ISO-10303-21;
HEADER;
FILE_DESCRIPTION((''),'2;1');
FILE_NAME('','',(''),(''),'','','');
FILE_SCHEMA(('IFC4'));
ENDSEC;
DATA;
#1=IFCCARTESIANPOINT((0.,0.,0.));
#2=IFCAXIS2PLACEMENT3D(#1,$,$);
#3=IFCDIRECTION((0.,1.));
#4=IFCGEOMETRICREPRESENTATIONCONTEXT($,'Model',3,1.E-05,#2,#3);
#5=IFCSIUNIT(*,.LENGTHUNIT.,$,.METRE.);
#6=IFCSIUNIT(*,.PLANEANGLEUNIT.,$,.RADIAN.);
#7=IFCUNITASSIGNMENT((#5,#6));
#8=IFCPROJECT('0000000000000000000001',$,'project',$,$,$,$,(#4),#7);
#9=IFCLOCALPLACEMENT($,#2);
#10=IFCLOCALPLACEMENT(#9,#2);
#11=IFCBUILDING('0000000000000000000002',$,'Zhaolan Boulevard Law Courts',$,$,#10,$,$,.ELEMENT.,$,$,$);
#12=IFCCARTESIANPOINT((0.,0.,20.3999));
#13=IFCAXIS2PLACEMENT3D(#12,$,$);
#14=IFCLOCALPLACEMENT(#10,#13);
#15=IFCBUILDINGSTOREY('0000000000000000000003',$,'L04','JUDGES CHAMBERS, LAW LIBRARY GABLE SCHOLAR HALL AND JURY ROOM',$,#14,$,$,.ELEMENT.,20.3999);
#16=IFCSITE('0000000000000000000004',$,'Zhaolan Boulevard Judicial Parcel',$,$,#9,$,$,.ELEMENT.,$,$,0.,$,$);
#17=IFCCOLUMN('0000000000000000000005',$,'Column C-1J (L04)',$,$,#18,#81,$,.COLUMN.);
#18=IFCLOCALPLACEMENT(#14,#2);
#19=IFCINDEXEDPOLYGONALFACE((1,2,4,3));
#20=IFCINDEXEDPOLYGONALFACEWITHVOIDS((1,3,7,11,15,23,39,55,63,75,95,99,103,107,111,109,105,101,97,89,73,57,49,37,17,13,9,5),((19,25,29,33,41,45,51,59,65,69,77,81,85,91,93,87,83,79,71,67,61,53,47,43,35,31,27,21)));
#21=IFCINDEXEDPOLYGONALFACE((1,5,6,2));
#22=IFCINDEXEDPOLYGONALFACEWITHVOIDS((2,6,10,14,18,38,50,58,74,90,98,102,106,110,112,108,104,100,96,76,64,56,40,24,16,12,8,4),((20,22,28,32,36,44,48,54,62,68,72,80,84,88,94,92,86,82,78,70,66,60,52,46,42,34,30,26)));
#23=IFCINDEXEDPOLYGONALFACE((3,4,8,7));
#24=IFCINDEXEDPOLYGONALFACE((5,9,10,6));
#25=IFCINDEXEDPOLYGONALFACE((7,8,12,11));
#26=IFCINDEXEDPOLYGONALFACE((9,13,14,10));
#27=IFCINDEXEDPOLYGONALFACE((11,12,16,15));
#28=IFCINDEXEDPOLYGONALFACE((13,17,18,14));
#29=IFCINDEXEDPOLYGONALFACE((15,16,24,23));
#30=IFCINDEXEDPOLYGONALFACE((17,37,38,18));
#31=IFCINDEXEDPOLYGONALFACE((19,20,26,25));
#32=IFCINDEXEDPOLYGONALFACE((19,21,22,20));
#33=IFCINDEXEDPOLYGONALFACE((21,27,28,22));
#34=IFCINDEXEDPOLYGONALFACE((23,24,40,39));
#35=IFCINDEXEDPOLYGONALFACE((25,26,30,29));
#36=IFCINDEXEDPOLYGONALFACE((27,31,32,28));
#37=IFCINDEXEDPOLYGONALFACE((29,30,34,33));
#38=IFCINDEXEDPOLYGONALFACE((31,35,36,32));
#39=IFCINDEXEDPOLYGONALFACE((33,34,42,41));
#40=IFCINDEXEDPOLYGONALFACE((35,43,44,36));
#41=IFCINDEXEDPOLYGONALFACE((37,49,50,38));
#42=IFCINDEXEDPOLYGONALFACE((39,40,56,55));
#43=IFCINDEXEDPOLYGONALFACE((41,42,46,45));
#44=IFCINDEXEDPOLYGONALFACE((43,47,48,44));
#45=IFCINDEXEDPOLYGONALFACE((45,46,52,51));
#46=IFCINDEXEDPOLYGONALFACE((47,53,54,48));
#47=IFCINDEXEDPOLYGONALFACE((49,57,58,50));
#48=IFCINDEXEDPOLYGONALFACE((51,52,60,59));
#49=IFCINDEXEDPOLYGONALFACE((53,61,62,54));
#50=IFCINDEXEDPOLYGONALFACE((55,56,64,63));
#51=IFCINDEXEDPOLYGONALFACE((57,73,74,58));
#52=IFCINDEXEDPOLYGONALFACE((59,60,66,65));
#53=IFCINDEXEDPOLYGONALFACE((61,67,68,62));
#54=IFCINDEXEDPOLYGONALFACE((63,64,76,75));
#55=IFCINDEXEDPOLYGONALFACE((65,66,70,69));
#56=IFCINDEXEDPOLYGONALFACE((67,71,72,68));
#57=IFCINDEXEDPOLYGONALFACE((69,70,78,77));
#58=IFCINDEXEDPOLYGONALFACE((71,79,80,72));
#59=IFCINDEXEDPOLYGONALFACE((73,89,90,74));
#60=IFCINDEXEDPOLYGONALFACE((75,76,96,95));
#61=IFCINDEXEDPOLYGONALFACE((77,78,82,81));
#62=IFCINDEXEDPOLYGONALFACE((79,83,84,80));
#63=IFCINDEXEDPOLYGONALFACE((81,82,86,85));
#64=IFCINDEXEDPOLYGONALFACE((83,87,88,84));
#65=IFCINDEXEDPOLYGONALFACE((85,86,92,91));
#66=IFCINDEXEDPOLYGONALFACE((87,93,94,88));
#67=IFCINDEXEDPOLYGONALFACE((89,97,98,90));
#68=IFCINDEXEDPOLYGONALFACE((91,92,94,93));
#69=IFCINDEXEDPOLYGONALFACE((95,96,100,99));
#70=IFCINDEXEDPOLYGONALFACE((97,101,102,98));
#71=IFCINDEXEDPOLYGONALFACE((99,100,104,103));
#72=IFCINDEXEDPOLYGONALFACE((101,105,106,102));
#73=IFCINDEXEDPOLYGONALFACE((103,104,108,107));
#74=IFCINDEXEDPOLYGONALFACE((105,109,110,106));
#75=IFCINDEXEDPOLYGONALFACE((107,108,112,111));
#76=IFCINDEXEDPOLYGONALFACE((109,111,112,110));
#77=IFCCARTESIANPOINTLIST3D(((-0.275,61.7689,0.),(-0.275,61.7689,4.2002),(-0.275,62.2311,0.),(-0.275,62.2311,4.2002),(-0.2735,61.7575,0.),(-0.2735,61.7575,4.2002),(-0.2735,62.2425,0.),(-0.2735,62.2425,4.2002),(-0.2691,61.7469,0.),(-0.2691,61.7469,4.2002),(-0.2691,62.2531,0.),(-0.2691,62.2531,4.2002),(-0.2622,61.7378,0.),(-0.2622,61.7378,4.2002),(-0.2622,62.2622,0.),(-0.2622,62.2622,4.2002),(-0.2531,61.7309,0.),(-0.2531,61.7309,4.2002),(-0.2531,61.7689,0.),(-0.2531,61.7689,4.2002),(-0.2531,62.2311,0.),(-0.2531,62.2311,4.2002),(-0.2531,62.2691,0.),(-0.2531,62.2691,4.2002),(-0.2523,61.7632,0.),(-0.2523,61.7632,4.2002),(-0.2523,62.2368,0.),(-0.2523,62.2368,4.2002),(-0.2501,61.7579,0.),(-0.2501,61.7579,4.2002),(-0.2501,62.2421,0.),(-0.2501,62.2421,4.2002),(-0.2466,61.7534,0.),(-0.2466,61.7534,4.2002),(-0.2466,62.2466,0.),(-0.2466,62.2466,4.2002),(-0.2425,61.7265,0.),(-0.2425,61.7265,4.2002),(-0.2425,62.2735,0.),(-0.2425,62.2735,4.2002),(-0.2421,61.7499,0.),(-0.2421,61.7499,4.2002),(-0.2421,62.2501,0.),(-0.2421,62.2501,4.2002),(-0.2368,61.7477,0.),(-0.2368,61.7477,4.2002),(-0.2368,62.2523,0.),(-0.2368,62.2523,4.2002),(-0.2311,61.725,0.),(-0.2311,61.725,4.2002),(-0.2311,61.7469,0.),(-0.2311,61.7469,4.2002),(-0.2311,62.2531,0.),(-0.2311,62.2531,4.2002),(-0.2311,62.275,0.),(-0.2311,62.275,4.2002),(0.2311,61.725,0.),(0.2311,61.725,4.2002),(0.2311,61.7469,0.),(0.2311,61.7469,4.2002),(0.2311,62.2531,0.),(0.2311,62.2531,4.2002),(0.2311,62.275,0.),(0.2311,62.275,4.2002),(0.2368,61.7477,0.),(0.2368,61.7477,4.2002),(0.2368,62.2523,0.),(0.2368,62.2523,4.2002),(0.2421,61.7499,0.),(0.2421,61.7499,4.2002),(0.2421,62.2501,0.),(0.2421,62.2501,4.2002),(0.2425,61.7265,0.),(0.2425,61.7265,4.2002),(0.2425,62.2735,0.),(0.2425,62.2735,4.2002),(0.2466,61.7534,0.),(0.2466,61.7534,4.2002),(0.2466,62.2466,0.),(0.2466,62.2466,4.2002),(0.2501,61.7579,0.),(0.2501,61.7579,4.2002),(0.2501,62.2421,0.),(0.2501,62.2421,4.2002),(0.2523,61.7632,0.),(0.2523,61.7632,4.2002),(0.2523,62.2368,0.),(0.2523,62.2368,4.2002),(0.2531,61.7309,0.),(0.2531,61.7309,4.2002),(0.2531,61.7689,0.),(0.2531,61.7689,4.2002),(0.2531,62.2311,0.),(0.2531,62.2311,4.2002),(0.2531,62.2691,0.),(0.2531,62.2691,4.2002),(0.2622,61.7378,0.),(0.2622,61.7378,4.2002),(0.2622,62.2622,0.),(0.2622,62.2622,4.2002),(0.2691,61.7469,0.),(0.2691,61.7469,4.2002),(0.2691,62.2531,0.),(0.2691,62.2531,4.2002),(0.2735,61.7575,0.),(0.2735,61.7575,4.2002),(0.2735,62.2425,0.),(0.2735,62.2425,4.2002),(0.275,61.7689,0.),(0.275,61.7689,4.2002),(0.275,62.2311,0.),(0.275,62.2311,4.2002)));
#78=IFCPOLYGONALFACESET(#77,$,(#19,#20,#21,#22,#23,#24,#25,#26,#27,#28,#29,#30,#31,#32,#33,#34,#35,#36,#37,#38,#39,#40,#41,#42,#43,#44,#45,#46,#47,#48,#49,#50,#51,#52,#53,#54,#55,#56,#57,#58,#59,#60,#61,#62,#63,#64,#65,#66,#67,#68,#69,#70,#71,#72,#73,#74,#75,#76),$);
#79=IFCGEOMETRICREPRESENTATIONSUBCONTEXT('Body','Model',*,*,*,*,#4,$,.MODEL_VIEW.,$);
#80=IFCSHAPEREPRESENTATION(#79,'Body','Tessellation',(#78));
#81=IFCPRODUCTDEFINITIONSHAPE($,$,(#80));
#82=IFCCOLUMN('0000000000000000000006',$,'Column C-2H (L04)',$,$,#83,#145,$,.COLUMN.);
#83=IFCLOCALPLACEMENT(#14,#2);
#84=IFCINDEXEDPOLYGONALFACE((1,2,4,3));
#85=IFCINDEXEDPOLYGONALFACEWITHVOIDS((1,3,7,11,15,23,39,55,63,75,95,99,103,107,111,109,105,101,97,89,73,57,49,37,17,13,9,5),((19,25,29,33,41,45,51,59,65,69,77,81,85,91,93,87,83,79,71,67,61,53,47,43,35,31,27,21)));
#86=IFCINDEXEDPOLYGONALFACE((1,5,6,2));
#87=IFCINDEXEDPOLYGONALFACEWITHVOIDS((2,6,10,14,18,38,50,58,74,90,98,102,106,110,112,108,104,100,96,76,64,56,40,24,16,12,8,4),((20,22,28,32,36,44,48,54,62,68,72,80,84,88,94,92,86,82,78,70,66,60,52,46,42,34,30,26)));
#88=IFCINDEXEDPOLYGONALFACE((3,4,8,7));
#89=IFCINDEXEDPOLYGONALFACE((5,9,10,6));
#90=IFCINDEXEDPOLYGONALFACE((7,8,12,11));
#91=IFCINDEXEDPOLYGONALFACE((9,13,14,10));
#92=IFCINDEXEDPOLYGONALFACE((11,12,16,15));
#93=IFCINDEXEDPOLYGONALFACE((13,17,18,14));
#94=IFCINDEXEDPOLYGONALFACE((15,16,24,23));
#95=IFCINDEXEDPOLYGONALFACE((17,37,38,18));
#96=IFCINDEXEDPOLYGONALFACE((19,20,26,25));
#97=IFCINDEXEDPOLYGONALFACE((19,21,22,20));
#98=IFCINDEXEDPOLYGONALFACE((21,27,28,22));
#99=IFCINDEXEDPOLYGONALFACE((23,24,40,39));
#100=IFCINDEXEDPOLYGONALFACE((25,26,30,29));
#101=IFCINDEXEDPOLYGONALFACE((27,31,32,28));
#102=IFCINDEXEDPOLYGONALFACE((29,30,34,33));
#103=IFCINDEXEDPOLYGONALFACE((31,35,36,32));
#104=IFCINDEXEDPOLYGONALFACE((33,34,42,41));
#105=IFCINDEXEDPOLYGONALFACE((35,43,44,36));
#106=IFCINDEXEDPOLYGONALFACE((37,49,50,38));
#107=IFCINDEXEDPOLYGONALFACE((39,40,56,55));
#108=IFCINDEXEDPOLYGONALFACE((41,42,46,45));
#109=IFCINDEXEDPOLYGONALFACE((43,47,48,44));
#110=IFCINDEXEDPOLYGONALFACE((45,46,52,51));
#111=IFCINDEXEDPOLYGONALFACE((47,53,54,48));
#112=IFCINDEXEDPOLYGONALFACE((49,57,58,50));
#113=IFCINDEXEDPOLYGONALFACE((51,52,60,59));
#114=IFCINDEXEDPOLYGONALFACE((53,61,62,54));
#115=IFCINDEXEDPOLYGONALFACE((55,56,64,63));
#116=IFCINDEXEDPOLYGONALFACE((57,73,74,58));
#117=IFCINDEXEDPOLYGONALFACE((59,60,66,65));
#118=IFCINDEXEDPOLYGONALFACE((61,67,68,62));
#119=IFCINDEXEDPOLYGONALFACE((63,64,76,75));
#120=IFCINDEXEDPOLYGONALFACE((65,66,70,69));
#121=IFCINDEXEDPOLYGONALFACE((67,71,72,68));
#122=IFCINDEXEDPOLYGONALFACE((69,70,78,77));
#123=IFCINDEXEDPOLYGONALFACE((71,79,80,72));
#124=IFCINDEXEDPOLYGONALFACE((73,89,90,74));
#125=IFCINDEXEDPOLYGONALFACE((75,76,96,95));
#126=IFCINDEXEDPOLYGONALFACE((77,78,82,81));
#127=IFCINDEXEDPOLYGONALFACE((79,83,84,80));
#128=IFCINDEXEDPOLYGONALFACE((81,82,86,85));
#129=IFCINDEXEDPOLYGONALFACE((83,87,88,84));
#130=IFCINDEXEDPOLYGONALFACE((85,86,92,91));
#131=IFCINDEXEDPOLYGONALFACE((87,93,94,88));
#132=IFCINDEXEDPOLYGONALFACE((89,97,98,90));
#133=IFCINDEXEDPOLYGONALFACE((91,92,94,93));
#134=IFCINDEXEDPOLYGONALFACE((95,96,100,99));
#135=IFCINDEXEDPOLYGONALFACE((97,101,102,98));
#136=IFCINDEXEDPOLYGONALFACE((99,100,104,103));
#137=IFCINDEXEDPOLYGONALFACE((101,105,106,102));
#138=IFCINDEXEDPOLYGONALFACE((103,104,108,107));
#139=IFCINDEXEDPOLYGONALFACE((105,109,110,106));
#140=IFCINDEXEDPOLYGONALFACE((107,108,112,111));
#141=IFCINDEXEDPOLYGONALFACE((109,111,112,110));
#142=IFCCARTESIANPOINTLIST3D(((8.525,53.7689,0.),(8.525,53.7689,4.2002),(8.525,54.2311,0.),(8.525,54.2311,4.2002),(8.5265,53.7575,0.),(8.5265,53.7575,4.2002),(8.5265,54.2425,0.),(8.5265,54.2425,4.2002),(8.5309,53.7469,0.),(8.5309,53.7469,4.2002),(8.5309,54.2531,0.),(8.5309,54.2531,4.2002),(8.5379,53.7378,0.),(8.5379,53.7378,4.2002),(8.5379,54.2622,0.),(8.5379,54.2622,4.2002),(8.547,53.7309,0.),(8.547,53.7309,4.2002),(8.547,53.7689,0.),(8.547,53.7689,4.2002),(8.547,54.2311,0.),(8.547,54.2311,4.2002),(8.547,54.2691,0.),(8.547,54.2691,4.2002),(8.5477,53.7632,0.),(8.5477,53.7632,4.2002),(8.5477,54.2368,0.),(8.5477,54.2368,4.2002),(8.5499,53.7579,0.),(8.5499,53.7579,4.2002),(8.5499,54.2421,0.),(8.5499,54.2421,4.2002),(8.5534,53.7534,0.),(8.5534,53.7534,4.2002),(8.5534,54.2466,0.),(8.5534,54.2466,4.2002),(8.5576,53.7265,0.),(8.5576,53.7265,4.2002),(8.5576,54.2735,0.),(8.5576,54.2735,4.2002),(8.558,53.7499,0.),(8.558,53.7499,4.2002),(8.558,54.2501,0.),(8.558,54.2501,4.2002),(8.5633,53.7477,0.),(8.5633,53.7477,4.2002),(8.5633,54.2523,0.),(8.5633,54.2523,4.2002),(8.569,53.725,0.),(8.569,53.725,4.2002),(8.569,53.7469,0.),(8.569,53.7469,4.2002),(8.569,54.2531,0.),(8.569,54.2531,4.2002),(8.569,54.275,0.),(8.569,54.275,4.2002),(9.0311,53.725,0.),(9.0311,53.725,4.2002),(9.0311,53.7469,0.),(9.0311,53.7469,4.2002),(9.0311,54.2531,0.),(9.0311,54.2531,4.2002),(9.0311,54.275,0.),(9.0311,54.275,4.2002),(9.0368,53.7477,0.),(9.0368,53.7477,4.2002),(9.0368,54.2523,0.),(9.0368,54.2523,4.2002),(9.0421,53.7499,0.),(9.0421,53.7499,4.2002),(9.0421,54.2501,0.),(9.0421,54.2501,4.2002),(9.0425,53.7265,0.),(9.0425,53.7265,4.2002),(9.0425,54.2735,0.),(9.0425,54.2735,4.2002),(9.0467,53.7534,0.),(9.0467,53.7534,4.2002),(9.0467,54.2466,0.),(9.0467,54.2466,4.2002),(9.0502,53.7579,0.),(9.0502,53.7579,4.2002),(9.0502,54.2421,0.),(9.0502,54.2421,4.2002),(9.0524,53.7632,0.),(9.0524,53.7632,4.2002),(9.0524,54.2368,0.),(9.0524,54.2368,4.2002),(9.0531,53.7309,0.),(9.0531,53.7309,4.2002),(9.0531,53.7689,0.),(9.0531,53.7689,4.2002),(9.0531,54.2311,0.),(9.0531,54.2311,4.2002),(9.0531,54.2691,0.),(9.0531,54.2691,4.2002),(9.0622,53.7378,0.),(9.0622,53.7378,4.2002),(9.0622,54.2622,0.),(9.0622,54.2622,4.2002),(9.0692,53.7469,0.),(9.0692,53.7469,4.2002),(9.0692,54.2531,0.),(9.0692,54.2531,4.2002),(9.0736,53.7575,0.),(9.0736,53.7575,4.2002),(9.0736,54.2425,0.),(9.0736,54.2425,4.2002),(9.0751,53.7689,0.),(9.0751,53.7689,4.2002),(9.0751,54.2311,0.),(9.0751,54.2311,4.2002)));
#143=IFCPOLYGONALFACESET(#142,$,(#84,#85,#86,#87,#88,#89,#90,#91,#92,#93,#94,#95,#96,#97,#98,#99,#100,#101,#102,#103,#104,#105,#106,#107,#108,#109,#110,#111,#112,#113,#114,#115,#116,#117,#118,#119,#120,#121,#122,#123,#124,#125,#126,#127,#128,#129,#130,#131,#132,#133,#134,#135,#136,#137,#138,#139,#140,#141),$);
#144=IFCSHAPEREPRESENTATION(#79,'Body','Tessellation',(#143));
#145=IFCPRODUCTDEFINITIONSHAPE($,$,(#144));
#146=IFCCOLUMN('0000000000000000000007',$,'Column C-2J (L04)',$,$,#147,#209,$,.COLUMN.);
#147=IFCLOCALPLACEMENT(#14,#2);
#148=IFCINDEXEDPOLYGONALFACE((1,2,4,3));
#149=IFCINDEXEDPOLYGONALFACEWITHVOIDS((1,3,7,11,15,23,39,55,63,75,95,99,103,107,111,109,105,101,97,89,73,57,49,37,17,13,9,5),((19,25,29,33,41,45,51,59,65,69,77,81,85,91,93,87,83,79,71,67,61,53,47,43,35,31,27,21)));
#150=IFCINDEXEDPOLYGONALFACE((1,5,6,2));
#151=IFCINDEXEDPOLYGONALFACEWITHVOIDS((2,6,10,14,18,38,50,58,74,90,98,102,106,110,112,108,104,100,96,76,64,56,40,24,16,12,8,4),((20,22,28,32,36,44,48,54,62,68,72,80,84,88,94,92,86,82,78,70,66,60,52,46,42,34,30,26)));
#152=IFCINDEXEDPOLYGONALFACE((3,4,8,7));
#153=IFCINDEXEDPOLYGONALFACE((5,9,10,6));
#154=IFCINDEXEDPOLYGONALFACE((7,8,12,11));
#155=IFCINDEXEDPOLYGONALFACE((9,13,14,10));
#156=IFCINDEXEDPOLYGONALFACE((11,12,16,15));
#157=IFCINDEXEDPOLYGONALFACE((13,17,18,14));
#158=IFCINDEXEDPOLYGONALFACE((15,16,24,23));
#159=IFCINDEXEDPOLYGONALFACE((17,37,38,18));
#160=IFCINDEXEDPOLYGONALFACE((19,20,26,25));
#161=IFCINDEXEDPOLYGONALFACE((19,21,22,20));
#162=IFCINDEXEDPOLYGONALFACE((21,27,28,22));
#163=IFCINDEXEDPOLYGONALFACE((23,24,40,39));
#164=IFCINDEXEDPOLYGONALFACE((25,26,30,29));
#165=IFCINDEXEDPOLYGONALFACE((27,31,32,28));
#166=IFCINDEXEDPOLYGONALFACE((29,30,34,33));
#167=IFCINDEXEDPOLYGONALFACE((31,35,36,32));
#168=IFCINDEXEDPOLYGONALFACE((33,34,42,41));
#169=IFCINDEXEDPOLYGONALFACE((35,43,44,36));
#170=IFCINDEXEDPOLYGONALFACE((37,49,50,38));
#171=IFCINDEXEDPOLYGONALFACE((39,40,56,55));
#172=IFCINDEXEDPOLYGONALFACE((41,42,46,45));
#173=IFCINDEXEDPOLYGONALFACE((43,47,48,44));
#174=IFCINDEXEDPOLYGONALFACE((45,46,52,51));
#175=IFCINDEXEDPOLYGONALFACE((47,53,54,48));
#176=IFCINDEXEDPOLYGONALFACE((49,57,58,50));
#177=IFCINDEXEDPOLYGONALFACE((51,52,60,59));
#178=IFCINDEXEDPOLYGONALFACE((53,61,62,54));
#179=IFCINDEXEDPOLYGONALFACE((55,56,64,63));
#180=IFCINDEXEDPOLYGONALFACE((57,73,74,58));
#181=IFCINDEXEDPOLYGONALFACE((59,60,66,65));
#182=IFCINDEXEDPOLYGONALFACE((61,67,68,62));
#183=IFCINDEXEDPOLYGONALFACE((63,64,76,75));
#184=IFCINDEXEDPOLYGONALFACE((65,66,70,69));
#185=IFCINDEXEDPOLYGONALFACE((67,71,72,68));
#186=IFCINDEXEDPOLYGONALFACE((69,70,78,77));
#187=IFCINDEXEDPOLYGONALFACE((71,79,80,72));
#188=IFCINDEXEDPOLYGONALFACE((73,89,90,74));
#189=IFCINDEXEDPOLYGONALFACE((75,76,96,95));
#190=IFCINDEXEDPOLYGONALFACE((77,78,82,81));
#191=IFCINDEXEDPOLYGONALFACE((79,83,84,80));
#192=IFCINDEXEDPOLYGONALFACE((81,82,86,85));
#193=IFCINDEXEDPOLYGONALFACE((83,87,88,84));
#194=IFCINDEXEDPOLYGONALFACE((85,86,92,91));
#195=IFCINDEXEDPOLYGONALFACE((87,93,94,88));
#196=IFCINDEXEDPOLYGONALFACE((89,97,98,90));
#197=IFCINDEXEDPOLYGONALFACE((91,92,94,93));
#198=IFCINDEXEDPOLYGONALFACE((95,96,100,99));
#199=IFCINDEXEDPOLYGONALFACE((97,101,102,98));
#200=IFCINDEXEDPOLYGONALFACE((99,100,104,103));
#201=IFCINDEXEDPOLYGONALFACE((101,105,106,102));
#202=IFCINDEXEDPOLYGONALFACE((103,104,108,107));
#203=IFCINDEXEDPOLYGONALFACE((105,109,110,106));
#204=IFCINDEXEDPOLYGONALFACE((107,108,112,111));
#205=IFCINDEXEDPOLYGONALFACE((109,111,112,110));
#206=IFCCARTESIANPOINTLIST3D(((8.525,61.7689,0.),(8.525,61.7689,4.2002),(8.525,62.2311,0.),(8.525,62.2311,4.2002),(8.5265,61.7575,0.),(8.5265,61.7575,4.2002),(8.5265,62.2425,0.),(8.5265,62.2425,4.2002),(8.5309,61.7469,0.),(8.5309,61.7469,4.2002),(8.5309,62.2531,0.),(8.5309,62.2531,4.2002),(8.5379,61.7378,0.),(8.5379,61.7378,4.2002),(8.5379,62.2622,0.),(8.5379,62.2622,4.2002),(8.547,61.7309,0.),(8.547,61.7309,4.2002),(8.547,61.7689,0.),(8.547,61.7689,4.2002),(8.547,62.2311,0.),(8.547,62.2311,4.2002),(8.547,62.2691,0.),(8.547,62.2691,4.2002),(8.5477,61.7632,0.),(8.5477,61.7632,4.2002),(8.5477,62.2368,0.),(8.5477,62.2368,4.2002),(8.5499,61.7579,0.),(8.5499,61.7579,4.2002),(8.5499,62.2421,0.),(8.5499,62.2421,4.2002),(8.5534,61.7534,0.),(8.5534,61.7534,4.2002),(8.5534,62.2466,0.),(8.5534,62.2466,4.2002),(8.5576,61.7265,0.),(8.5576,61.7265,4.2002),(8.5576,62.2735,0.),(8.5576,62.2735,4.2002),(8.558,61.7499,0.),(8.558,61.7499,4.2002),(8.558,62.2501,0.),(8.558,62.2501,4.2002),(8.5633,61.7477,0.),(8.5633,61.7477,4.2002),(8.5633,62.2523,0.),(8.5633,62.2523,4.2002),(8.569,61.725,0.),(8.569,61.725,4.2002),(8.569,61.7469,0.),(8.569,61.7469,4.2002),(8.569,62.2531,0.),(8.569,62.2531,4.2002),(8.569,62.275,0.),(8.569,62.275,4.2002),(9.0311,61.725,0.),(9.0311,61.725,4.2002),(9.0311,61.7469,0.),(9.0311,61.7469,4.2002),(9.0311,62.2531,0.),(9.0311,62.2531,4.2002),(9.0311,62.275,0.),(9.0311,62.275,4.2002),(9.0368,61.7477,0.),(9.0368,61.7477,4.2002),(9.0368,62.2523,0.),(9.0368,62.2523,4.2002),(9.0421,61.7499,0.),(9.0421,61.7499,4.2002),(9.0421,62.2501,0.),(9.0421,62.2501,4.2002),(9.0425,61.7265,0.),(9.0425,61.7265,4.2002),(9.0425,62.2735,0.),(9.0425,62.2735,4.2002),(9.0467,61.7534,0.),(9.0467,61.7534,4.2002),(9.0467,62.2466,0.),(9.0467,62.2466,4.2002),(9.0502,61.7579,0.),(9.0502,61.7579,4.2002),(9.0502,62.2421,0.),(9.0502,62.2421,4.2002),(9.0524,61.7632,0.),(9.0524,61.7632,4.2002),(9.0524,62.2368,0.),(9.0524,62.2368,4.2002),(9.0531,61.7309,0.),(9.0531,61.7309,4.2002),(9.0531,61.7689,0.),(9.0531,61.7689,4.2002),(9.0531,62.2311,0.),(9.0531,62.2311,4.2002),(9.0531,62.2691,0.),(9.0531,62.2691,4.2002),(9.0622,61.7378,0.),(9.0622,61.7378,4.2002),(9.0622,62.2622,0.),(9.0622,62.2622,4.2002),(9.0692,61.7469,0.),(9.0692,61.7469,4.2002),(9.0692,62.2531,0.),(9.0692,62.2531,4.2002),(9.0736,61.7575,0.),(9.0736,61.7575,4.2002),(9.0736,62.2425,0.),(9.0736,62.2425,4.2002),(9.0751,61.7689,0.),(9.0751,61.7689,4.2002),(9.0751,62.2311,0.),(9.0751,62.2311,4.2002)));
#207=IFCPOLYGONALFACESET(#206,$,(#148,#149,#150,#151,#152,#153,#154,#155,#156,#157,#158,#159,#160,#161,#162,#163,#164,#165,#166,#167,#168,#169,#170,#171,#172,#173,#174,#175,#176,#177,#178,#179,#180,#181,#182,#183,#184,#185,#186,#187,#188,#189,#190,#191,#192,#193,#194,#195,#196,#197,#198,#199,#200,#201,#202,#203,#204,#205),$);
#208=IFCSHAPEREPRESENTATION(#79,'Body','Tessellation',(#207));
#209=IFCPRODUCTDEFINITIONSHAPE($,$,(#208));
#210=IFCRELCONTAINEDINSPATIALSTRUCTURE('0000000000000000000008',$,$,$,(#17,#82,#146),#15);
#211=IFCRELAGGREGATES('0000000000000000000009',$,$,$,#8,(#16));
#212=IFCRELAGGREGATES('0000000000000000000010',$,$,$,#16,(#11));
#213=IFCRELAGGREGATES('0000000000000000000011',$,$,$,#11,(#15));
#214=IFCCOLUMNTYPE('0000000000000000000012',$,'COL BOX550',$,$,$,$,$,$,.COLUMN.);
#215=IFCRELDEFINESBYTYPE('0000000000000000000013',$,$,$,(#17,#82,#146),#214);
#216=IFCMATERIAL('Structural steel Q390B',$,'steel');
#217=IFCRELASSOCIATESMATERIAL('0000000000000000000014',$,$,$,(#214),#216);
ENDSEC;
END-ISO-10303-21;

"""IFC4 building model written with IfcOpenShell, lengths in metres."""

from ifc_helpers import new_model, si_unit, direction, frame, origin, origin_2d, place, context, subcontext, project, spatial, hollow_rectangle, extrude, material, material_profile, profile_set, type_object, element, save


model = new_model("IFC4")

# Units and contexts
model_context = context("Model", 3, precision=1e-05, world=origin(), true_north=direction((0.0, 1.0)))
body_context = subcontext(model_context, "Body", "Model", "MODEL_VIEW")
ifc_project = project(units=[si_unit("LENGTHUNIT", "METRE"), si_unit("PLANEANGLEUNIT", "RADIAN")], contexts=[model_context])

# Site, building, storey
site_placement = place(None, origin())
site = spatial("IfcSite", under=ifc_project, at=site_placement, Name="Zhaolan Boulevard Judicial Parcel", CompositionType="ELEMENT", RefElevation=0.0)
building_placement = place(site_placement, origin())
building = spatial("IfcBuilding", under=site, at=building_placement, Name="Zhaolan Boulevard Law Courts", CompositionType="ELEMENT")
storey_placement = place(building_placement, frame((0.0, 0.0, 20.3999)))
storey = spatial("IfcBuildingStorey", under=building, at=storey_placement, Name="L04", Description="JUDGES CHAMBERS, LAW LIBRARY GABLE SCHOLAR HALL AND JURY ROOM", CompositionType="ELEMENT", Elevation=20.3999)

# Columns
ifc_material_1 = material(Name="Structural steel Q390B", Category="steel")
ifc_material_profile_1 = material_profile(ifc_material_1, hollow_rectangle(XDim=0.55, YDim=0.55, WallThickness=0.022, InnerFilletRadius=0.022, OuterFilletRadius=0.0439, at=origin_2d()), Name="BOX550x550x22")
ifc_profile_set_1 = profile_set([ifc_material_profile_1], Name="Structural steel Q390B")
column_type = type_object("IfcColumnType", Name="COL BOX550", PredefinedType="COLUMN", material=ifc_profile_set_1)
for number, where, z_axis, x_axis, name in (
    (1, (0.0, 62.0, 0.0), (0.0, 0.0, 1.0), (1.0, 0.0, 0.0), "Column C-1J (L04)"),
    (2, (8.8, 54.0, 0.0), (0.0, 0.0, 1.0), (1.0, 0.0, 0.0), "Column C-2H (L04)"),
    (3, (8.8, 62.0, 0.0), (0.0, 0.0, 1.0), (1.0, 0.0, 0.0), "Column C-2J (L04)"),
):
    element("IfcColumn", number, at=place(storey_placement, frame(where, z_axis=z_axis, x_axis=x_axis)), inside=storey, type_object=column_type, Name=name, PredefinedType="COLUMN", context=body_context, shape_type="SweptSolid", body=[
        extrude(hollow_rectangle(XDim=0.55, YDim=0.55, WallThickness=0.022, InnerFilletRadius=0.022, OuterFilletRadius=0.0439, at=origin_2d()), origin(), (0.0, 0.0, 1.0), 4.2002),
    ])

save(model, "model.ifc")
